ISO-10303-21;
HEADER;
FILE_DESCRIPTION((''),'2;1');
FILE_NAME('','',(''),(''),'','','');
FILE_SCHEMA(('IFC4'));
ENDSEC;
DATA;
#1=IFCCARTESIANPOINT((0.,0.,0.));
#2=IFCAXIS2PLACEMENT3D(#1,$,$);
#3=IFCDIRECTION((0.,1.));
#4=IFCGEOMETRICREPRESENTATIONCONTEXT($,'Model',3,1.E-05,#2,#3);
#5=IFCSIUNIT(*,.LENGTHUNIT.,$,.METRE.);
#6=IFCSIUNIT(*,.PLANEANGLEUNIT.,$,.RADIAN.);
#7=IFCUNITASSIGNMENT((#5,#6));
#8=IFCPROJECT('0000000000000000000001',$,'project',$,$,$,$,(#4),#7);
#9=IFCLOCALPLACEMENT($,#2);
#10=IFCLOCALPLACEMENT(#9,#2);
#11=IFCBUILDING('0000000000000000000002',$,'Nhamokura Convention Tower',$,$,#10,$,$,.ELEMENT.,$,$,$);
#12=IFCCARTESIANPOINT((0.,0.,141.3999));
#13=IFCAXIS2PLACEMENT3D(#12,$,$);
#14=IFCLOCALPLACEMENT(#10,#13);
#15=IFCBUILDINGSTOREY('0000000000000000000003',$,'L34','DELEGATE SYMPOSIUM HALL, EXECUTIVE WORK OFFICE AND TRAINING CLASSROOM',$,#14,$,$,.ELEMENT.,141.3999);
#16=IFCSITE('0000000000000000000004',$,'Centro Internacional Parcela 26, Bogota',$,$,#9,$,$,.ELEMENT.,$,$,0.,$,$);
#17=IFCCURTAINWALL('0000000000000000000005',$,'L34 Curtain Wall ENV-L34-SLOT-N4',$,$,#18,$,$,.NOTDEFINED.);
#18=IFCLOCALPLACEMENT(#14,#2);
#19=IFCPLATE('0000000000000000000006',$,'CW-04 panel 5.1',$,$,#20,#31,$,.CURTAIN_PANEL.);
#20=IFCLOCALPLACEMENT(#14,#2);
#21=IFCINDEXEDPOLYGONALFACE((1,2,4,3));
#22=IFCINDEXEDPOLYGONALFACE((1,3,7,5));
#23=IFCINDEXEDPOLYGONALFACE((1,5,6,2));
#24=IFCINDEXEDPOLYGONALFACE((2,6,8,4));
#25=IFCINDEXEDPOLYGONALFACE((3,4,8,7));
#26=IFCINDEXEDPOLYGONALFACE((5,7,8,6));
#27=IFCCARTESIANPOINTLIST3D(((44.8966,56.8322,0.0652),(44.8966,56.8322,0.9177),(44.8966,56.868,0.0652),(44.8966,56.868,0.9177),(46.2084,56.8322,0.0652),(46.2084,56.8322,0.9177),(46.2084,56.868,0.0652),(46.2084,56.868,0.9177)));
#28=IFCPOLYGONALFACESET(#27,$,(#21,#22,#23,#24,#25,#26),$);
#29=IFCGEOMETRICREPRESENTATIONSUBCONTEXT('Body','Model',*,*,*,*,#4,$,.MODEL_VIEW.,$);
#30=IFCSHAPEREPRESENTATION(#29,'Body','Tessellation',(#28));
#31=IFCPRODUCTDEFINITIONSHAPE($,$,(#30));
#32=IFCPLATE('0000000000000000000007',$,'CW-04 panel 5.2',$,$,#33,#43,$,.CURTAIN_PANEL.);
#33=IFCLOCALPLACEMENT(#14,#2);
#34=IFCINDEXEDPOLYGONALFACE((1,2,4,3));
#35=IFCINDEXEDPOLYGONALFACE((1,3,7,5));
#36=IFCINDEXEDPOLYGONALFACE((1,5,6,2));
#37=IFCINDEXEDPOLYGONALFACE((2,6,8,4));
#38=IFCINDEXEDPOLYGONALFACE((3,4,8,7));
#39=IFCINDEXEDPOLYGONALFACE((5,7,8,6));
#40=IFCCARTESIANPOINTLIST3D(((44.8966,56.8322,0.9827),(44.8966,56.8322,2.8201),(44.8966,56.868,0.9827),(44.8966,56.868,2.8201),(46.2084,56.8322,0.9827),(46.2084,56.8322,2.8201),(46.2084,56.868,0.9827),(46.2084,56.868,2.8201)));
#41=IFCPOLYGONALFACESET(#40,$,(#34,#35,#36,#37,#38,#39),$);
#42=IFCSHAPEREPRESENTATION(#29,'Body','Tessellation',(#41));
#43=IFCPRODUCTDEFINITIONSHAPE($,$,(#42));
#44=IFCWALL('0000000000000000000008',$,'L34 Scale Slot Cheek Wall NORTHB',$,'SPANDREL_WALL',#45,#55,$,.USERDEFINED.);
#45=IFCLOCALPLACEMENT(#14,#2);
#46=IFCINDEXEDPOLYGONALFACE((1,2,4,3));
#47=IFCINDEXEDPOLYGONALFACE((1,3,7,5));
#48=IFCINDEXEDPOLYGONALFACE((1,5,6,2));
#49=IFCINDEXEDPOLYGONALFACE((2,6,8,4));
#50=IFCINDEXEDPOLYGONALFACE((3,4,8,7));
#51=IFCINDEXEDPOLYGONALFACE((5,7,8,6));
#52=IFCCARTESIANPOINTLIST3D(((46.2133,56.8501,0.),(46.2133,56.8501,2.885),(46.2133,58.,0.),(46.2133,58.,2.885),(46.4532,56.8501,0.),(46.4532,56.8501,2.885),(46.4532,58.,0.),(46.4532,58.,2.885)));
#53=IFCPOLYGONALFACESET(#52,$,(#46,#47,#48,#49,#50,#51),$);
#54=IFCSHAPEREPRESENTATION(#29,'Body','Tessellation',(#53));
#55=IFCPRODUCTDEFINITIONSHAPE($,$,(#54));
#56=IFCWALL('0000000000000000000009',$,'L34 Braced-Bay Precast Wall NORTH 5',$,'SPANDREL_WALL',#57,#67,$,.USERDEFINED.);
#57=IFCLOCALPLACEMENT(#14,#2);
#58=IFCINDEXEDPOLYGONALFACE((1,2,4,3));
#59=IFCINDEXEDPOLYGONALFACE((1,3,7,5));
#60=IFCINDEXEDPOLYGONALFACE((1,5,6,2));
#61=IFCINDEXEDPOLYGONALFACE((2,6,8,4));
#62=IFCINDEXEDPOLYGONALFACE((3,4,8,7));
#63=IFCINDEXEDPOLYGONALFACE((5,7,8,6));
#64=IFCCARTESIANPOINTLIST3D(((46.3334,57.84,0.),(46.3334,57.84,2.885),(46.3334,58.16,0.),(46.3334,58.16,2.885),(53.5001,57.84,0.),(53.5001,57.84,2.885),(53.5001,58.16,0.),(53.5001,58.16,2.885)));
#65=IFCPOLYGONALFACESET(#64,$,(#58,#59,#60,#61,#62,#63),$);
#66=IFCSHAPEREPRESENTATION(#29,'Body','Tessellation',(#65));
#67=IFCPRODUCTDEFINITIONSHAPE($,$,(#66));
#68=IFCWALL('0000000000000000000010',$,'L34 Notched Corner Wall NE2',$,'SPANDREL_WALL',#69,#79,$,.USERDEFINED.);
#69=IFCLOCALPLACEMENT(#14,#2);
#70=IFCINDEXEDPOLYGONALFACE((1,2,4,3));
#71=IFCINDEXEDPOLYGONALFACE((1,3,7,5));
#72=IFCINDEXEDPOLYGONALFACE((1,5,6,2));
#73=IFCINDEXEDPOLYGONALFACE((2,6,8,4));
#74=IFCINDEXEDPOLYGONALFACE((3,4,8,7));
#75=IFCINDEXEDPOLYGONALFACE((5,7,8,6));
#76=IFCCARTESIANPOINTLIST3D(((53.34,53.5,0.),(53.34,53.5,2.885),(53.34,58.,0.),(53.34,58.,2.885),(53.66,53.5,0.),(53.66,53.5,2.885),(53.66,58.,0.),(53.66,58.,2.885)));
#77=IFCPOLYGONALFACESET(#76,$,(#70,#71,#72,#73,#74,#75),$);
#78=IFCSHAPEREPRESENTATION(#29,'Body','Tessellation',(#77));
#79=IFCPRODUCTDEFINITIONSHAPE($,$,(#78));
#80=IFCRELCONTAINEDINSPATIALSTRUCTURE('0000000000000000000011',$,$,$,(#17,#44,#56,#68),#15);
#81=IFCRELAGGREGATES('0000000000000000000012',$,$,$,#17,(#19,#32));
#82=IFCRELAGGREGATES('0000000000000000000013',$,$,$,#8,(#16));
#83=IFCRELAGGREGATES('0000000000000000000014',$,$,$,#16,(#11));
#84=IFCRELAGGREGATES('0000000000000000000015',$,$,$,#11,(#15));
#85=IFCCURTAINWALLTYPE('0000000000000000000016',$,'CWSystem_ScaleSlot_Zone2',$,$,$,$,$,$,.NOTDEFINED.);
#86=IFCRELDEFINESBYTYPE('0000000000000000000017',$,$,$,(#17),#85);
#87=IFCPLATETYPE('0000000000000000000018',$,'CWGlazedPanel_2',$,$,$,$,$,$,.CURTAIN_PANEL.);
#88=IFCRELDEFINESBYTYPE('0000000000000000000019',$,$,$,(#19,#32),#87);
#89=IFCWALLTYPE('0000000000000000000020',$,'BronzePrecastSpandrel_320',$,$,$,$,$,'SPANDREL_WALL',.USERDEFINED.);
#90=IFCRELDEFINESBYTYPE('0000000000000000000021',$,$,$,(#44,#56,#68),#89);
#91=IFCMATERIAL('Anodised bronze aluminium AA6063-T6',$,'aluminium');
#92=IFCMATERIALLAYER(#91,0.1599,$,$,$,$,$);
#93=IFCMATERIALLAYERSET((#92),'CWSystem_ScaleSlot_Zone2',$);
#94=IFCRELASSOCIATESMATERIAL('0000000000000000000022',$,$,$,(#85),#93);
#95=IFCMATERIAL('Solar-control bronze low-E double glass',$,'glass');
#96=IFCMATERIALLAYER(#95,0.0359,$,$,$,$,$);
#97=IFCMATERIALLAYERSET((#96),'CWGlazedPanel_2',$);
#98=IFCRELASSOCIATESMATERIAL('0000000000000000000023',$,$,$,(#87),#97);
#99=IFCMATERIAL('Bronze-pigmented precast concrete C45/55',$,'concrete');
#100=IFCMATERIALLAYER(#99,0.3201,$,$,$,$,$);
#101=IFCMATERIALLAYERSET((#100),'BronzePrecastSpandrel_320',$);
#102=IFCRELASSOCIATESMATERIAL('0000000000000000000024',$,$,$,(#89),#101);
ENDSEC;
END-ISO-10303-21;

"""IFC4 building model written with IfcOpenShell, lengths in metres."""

from ifc_helpers import new_model, si_unit, direction, frame, frame_2d, origin, origin_2d, place, context, subcontext, project, spatial, rectangle, extrude, material, layer, layer_set, type_object, element, aggregate, save


model = new_model("IFC4")

# Units and contexts
model_context = context("Model", 3, precision=1e-05, world=origin(), true_north=direction((0.0, 1.0)))
body_context = subcontext(model_context, "Body", "Model", "MODEL_VIEW")
ifc_project = project(units=[si_unit("LENGTHUNIT", "METRE"), si_unit("PLANEANGLEUNIT", "RADIAN")], contexts=[model_context])

# Site, building, storey
site_placement = place(None, origin())
site = spatial("IfcSite", under=ifc_project, at=site_placement, Name="Centro Internacional Parcela 26, Bogota", CompositionType="ELEMENT", RefElevation=0.0)
building_placement = place(site_placement, origin())
building = spatial("IfcBuilding", under=site, at=building_placement, Name="Nhamokura Convention Tower", CompositionType="ELEMENT")
storey_placement = place(building_placement, frame((0.0, 0.0, 141.3999)))
storey = spatial("IfcBuildingStorey", under=building, at=storey_placement, Name="L34", Description="DELEGATE SYMPOSIUM HALL, EXECUTIVE WORK OFFICE AND TRAINING CLASSROOM", CompositionType="ELEMENT", Elevation=141.3999)

# Curtain wall
ifc_material_1 = material(Name="Anodised bronze aluminium AA6063-T6", Category="aluminium")
ifc_layer_1 = layer(ifc_material_1, 0.1599)
ifc_layer_set_1 = layer_set([ifc_layer_1], Name="CWSystem_ScaleSlot_Zone2")
curtain_wall_type = type_object("IfcCurtainWallType", Name="CWSystem_ScaleSlot_Zone2", PredefinedType="NOTDEFINED", material=ifc_layer_set_1)
curtain_wall_placement = place(storey_placement, origin())
curtain_wall = element("IfcCurtainWall", 1, at=curtain_wall_placement, inside=storey, type_object=curtain_wall_type, Name="L34 Curtain Wall ENV-L34-SLOT-N4", PredefinedType="NOTDEFINED")

# Plates
ifc_material_2 = material(Name="Solar-control bronze low-E double glass", Category="glass")
ifc_layer_2 = layer(ifc_material_2, 0.0359)
ifc_layer_set_2 = layer_set([ifc_layer_2], Name="CWGlazedPanel_2")
plate_type = type_object("IfcPlateType", Name="CWGlazedPanel_2", PredefinedType="CURTAIN_PANEL", material=ifc_layer_set_2)
plate_1_placement = place(storey_placement, frame((45.5525, 56.8501, 0.0652), z_axis=(0.0, 0.0, 1.0), x_axis=(1.0, 0.0, 0.0)))
plate_1 = element("IfcPlate", 2, at=plate_1_placement, type_object=plate_type, Name="CW-04 panel 5.1", PredefinedType="CURTAIN_PANEL", context=body_context, shape_type="SweptSolid", body=[
    extrude(rectangle(XDim=1.3118, YDim=0.0359, at=origin_2d()), origin(), (0.0, 0.0, 1.0), 0.8525),
])
plate_2_placement = place(storey_placement, frame((45.5525, 56.8501, 0.9827), z_axis=(0.0, 0.0, 1.0), x_axis=(1.0, 0.0, 0.0)))
plate_2 = element("IfcPlate", 3, at=plate_2_placement, type_object=plate_type, Name="CW-04 panel 5.2", PredefinedType="CURTAIN_PANEL", context=body_context, shape_type="SweptSolid", body=[
    extrude(rectangle(XDim=1.3118, YDim=0.0359, at=origin_2d()), origin(), (0.0, 0.0, 1.0), 1.8374),
])
aggregate(curtain_wall, [plate_1, plate_2])

# Walls
ifc_material_3 = material(Name="Bronze-pigmented precast concrete C45/55", Category="concrete")
ifc_layer_3 = layer(ifc_material_3, 0.3201)
ifc_layer_set_3 = layer_set([ifc_layer_3], Name="BronzePrecastSpandrel_320")
wall_type = type_object("IfcWallType", Name="BronzePrecastSpandrel_320", ElementType="SPANDREL_WALL", PredefinedType="USERDEFINED", material=ifc_layer_set_3)
wall_1_placement = place(storey_placement, frame((46.3333, 58.0, 0.0), z_axis=(0.0, 0.0, 1.0), x_axis=(0.0, -1.0, 0.0)))
element("IfcWall", 4, at=wall_1_placement, inside=storey, type_object=wall_type, Name="L34 Scale Slot Cheek Wall NORTHB", ObjectType="SPANDREL_WALL", PredefinedType="USERDEFINED", context=body_context, shape_type="SweptSolid", body=[
    extrude(rectangle(XDim=1.1499, YDim=0.24, at=frame_2d((0.575, 0.0))), origin(), (0.0, 0.0, 1.0), 2.885),
])
wall_2_placement = place(storey_placement, frame((46.3333, 58.0, 0.0), z_axis=(0.0, 0.0, 1.0), x_axis=(1.0, 0.0, 0.0)))
element("IfcWall", 5, at=wall_2_placement, inside=storey, type_object=wall_type, Name="L34 Braced-Bay Precast Wall NORTH 5", ObjectType="SPANDREL_WALL", PredefinedType="USERDEFINED", context=body_context, shape_type="SweptSolid", body=[
    extrude(rectangle(XDim=7.1667, YDim=0.3201, at=frame_2d((3.5835, 0.0))), origin(), (0.0, 0.0, 1.0), 2.885),
])
wall_3_placement = place(storey_placement, frame((53.5, 58.0, 0.0), z_axis=(0.0, 0.0, 1.0), x_axis=(0.0, -1.0, 0.0)))
element("IfcWall", 6, at=wall_3_placement, inside=storey, type_object=wall_type, Name="L34 Notched Corner Wall NE2", ObjectType="SPANDREL_WALL", PredefinedType="USERDEFINED", context=body_context, shape_type="SweptSolid", body=[
    extrude(rectangle(XDim=4.5, YDim=0.3201, at=frame_2d((2.25, 0.0))), origin(), (0.0, 0.0, 1.0), 2.885),
])

save(model, "model.ifc")
